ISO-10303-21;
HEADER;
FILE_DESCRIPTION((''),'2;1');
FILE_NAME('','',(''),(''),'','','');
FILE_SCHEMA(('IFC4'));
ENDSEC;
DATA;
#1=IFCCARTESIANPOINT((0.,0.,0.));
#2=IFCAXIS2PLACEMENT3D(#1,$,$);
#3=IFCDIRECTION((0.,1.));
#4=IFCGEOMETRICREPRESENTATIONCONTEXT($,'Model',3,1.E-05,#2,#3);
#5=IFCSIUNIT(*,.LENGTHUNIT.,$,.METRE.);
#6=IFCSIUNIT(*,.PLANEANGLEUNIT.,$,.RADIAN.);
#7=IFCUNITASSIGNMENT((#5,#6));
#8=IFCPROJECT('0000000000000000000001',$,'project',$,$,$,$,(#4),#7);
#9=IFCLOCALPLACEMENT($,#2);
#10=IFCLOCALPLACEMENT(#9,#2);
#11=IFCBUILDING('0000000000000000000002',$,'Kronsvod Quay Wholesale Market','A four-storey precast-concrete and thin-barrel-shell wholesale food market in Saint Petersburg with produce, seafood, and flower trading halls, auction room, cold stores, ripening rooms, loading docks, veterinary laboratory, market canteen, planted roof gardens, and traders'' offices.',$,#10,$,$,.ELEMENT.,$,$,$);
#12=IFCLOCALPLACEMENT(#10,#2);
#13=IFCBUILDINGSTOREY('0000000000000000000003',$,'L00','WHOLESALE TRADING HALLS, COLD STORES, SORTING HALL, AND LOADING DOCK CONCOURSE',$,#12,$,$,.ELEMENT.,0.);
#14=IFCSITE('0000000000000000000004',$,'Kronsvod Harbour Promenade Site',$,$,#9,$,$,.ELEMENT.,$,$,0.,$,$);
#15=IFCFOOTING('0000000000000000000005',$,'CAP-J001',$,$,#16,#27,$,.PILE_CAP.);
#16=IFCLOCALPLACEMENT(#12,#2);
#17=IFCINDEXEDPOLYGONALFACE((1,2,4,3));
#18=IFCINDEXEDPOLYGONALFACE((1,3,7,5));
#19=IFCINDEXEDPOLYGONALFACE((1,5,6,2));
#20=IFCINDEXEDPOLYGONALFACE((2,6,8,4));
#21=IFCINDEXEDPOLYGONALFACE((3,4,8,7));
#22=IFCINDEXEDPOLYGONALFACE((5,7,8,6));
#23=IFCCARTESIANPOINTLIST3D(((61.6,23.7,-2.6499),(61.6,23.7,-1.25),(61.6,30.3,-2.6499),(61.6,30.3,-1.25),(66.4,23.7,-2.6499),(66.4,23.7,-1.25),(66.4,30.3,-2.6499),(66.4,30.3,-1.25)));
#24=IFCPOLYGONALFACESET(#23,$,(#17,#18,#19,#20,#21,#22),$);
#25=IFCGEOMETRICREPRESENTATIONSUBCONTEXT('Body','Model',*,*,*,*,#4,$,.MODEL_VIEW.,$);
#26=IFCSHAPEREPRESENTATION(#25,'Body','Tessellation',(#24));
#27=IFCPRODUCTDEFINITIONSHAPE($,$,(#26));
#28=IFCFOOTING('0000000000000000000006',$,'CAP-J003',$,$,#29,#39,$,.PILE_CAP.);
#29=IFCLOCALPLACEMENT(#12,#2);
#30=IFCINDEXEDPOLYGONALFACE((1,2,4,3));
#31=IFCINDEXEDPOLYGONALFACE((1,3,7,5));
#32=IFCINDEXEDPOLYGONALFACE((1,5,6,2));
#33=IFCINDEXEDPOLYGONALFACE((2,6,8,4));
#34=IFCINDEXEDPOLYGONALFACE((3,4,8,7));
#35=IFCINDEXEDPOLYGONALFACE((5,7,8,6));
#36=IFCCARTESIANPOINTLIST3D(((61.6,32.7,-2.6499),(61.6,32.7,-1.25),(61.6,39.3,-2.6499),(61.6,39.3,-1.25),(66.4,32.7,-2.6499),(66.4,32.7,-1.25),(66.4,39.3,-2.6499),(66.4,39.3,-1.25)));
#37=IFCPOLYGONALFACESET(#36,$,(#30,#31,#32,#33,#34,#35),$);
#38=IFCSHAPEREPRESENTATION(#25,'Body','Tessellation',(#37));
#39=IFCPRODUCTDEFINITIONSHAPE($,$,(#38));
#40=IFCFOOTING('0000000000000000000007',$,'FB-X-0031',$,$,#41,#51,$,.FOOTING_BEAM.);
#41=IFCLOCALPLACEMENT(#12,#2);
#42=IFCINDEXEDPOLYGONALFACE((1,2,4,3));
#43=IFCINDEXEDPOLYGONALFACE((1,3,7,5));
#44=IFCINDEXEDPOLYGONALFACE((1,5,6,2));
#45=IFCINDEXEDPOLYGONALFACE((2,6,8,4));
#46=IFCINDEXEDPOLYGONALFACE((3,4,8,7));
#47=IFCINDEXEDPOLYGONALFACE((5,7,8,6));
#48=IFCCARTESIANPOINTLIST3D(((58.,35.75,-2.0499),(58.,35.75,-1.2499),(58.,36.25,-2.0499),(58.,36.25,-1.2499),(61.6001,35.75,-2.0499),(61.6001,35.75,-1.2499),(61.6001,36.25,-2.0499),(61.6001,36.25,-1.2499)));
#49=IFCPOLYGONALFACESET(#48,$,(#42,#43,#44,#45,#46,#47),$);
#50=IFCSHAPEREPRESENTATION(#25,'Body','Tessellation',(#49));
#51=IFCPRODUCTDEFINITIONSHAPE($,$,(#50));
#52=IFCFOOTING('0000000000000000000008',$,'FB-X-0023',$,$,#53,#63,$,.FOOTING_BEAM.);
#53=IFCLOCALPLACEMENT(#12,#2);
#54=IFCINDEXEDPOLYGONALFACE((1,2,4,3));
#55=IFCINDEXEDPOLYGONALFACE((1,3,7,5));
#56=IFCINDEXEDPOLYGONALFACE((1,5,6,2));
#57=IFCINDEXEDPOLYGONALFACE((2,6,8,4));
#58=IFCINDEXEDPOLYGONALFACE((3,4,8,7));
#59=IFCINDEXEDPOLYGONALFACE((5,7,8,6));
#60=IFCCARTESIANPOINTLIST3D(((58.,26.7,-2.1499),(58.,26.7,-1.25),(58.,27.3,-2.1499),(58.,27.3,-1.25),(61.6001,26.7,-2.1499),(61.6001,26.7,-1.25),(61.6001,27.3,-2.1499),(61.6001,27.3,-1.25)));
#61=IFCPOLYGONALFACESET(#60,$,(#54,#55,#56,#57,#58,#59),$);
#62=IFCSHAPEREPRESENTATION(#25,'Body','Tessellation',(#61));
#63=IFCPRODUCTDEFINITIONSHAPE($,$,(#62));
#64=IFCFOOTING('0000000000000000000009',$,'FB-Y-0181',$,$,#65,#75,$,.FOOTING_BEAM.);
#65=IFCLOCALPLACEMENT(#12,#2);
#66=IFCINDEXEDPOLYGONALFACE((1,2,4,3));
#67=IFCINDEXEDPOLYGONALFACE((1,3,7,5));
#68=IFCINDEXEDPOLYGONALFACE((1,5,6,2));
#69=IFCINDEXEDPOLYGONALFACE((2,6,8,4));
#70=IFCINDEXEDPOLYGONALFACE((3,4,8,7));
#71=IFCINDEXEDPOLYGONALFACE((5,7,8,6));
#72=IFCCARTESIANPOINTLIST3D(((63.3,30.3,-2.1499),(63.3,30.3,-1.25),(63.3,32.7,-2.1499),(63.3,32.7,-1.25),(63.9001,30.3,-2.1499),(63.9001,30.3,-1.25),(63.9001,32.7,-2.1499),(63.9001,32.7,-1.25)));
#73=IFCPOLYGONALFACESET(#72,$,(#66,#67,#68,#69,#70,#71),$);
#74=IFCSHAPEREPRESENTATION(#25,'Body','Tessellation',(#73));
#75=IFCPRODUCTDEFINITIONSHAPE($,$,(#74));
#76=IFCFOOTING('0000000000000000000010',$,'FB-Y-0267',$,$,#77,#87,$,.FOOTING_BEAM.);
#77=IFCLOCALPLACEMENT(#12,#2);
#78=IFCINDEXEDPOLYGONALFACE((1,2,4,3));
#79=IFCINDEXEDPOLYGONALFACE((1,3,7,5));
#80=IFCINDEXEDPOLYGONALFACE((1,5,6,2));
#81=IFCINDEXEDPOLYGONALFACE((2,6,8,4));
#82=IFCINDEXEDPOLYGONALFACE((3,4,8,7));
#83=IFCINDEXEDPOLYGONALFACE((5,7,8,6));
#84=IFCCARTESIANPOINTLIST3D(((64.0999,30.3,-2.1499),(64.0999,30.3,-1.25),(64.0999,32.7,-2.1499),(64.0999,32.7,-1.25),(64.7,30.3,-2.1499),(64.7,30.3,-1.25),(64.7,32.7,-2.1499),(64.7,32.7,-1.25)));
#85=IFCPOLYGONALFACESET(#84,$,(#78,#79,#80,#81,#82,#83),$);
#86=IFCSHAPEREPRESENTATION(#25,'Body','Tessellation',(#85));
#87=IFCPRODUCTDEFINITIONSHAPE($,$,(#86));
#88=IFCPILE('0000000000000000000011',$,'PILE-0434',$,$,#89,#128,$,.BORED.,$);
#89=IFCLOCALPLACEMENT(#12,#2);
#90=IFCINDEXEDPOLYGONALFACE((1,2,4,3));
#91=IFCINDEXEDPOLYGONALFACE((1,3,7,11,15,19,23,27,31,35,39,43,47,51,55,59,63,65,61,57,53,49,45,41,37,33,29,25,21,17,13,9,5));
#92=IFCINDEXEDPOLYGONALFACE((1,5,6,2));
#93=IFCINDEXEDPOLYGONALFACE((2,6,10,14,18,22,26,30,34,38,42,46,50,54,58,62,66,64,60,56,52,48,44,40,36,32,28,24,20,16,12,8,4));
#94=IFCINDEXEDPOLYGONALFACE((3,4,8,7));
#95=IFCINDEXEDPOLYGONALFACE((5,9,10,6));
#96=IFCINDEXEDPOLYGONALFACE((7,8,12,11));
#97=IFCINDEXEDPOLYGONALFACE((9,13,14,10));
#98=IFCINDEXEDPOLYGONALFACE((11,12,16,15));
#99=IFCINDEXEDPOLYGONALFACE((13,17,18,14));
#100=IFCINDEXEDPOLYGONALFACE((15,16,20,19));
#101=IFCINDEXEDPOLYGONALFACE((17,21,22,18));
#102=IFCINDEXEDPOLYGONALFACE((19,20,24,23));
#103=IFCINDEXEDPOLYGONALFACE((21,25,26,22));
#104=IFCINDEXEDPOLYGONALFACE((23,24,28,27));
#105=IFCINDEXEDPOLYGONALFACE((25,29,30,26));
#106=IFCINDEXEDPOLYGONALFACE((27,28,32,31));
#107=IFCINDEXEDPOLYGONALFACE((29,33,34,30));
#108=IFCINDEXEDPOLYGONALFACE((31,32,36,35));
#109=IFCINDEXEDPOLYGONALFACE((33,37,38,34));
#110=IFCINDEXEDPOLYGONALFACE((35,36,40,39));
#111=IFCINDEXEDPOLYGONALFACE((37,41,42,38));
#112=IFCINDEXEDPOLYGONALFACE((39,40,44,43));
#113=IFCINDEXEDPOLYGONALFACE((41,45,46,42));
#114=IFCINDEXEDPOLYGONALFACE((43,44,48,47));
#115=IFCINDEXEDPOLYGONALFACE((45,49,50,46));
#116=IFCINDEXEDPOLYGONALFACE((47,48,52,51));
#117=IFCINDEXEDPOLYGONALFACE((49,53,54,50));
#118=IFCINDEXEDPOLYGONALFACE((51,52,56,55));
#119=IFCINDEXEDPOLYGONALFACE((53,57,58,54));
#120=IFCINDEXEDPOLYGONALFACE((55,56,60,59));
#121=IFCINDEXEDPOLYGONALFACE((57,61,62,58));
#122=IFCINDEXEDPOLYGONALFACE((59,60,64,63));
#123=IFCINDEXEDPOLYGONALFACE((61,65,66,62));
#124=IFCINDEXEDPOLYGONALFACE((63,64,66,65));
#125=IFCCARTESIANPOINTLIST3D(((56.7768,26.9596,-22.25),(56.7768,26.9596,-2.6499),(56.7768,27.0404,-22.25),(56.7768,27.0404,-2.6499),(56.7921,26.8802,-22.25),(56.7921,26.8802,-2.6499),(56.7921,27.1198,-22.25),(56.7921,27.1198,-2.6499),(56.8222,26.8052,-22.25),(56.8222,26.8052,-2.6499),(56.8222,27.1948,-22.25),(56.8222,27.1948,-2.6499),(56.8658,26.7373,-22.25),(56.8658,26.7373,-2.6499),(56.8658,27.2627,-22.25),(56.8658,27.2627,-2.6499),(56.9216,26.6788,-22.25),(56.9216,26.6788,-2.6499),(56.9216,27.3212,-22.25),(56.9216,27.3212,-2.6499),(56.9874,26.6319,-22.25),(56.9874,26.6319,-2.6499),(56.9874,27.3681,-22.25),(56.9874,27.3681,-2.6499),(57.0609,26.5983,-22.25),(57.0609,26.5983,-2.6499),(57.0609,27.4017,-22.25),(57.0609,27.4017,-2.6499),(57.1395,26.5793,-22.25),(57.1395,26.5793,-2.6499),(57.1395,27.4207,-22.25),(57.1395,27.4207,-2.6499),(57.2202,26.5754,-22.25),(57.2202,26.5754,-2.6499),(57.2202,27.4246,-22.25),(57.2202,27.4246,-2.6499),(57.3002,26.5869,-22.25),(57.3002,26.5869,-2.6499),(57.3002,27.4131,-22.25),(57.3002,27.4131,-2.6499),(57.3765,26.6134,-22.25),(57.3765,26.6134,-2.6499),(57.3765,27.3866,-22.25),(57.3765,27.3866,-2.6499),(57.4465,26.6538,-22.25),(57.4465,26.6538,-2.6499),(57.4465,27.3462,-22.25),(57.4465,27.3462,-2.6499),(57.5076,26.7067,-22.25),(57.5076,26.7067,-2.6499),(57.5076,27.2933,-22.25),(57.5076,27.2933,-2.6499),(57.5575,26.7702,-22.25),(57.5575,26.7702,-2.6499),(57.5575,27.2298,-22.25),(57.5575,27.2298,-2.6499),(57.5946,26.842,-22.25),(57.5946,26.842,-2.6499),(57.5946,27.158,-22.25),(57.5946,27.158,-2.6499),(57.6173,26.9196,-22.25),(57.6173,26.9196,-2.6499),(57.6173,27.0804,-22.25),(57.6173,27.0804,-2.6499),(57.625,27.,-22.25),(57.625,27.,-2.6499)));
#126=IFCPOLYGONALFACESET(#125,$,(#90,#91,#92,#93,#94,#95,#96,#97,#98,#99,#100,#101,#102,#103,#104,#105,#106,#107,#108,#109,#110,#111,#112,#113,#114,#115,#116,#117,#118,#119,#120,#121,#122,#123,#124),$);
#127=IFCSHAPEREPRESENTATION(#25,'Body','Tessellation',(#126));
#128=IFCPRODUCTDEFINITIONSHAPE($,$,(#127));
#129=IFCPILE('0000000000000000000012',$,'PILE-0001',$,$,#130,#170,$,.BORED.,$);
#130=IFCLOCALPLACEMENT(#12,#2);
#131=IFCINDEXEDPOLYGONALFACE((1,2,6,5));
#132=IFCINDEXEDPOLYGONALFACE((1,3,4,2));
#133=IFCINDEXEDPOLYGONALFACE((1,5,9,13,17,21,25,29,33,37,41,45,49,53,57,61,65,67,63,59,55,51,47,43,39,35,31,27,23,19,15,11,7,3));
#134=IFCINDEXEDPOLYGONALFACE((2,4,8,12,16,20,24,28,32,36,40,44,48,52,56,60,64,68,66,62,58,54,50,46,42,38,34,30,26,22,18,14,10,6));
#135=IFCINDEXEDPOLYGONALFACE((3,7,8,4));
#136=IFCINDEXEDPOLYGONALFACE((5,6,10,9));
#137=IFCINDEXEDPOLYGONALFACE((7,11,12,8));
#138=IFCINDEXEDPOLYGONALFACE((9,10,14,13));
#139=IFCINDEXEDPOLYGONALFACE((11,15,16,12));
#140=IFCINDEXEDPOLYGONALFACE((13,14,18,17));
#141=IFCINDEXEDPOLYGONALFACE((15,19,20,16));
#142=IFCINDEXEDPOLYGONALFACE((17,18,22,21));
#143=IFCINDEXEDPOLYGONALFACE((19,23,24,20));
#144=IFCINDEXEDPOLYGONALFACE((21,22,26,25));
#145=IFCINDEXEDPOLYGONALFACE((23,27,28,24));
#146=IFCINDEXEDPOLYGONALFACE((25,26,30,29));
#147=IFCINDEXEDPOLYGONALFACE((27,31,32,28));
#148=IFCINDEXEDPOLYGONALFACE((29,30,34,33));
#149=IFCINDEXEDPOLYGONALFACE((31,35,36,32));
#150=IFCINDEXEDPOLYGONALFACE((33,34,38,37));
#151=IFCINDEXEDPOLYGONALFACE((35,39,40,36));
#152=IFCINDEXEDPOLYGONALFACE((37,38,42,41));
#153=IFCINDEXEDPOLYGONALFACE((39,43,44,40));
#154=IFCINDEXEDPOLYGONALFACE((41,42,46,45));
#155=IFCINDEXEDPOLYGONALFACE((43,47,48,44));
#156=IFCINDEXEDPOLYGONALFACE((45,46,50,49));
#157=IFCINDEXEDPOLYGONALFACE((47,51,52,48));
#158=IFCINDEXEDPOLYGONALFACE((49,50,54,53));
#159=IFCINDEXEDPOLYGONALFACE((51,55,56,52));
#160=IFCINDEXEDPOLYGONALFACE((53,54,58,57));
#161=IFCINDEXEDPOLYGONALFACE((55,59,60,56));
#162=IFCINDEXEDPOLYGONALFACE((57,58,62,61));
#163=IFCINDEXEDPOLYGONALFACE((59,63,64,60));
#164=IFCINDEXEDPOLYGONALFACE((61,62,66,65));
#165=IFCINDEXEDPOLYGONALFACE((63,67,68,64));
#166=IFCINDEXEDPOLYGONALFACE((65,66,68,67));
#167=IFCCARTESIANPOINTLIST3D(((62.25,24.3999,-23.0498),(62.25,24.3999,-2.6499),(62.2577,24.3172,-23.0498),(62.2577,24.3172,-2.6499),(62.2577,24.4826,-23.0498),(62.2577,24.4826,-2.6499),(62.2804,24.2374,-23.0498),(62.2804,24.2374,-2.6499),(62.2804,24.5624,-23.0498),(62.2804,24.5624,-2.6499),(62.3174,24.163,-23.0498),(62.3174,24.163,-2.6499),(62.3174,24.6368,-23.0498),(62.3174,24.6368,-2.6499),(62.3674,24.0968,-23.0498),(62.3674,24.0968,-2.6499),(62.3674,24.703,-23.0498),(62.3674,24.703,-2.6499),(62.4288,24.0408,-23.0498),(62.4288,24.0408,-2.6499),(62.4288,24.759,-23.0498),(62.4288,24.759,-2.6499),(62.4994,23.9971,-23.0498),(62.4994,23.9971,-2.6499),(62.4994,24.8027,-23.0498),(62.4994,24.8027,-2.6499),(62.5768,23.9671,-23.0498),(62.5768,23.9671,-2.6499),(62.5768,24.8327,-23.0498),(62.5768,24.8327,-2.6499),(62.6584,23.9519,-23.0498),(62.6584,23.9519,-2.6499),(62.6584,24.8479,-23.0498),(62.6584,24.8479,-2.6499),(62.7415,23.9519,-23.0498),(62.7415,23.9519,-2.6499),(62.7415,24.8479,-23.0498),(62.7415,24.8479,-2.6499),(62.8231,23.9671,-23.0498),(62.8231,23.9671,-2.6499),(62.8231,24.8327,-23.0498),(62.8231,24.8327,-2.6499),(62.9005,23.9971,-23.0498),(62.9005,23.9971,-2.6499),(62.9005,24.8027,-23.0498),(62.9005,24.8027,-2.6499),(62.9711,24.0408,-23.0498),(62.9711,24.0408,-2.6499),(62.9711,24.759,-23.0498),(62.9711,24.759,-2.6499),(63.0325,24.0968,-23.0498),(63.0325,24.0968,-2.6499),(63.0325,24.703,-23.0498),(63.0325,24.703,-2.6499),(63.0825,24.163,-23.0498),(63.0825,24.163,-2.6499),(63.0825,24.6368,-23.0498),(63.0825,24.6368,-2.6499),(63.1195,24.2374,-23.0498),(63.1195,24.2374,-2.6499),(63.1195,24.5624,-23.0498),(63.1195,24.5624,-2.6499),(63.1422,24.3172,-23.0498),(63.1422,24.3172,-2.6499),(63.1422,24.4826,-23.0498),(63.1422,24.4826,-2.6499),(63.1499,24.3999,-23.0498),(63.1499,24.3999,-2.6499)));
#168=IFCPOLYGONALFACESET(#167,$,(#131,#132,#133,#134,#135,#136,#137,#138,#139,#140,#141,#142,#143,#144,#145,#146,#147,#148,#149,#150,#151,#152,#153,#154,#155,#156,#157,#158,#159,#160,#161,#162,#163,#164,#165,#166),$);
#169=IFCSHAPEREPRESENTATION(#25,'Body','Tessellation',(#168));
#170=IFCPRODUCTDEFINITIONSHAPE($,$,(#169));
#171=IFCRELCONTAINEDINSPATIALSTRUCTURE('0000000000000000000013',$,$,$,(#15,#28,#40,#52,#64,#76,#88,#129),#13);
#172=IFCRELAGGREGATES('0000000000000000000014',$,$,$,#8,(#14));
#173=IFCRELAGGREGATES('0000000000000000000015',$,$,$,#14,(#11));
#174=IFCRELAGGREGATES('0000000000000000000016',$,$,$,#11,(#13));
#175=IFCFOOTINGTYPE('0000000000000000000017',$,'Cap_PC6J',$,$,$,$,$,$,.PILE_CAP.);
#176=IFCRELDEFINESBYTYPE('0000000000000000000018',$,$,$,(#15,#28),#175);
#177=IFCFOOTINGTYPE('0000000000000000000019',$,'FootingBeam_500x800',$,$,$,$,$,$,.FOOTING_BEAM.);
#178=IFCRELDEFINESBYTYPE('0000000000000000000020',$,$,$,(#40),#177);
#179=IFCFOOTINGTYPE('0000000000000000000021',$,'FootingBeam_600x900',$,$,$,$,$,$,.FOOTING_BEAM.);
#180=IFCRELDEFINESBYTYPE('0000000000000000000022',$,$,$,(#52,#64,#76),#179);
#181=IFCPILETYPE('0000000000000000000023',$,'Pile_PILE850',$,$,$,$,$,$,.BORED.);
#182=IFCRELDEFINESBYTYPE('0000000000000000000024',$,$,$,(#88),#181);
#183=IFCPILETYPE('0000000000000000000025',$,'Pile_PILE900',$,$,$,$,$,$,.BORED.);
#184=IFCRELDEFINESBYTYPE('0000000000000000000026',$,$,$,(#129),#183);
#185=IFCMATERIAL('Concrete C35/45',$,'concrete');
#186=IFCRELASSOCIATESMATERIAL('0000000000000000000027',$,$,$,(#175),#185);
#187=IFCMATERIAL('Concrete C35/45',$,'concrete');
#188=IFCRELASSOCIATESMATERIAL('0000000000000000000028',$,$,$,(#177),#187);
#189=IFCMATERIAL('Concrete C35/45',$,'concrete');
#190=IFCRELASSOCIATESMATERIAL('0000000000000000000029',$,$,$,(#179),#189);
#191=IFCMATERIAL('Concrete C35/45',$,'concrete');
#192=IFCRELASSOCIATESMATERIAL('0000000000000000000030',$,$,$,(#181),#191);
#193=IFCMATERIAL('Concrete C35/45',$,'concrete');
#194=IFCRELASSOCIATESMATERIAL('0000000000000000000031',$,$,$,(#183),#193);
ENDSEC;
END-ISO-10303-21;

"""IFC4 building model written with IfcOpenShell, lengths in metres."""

from ifc_helpers import new_model, si_unit, direction, frame, origin, origin_2d, place, context, subcontext, project, spatial, rectangle, circle, extrude, material, material_profile, profile_set, type_object, element, save


model = new_model("IFC4")

# Units and contexts
model_context = context("Model", 3, precision=1e-05, world=origin(), true_north=direction((0.0, 1.0)))
body_context = subcontext(model_context, "Body", "Model", "MODEL_VIEW")
ifc_project = project(units=[si_unit("LENGTHUNIT", "METRE"), si_unit("PLANEANGLEUNIT", "RADIAN")], contexts=[model_context])

# Site, building, storey
site_placement = place(None, origin())
site = spatial("IfcSite", under=ifc_project, at=site_placement, Name="Kronsvod Harbour Promenade Site", CompositionType="ELEMENT", RefElevation=0.0)
building_placement = place(site_placement, origin())
building = spatial("IfcBuilding", under=site, at=building_placement, Name="Kronsvod Quay Wholesale Market", Description="A four-storey precast-concrete and thin-barrel-shell wholesale food market in Saint Petersburg with produce, seafood, and flower trading halls, auction room, cold stores, ripening rooms, loading docks, veterinary laboratory, market canteen, planted roof gardens, and traders' offices.", CompositionType="ELEMENT")
storey_placement = place(building_placement, origin())
storey = spatial("IfcBuildingStorey", under=building, at=storey_placement, Name="L00", Description="WHOLESALE TRADING HALLS, COLD STORES, SORTING HALL, AND LOADING DOCK CONCOURSE", CompositionType="ELEMENT", Elevation=0.0)

# Footings
ifc_material_1 = material(Name="Concrete C35/45", Category="concrete")
footing_type_1 = type_object("IfcFootingType", Name="Cap_PC6J", PredefinedType="PILE_CAP", material=ifc_material_1)
for number, where, z_axis, x_axis, name in (
    (1, (64.0, 27.0, -2.6499), (0.0, 0.0, 1.0), (1.0, 0.0, 0.0), "CAP-J001"),
    (2, (64.0, 36.0, -2.6499), (0.0, 0.0, 1.0), (1.0, 0.0, 0.0), "CAP-J003"),
):
    element("IfcFooting", number, at=place(storey_placement, frame(where, z_axis=z_axis, x_axis=x_axis)), inside=storey, type_object=footing_type_1, Name=name, PredefinedType="PILE_CAP", context=body_context, shape_type="SweptSolid", body=[
        extrude(rectangle(XDim=4.8, YDim=6.6001, at=origin_2d()), origin(), (0.0, 0.0, 1.0), 1.3999),
    ])
ifc_material_2 = material(Name="Concrete C35/45", Category="concrete")
ifc_material_profile_1 = material_profile(ifc_material_2, rectangle(XDim=0.5, YDim=0.8, at=origin_2d()), Name="FB-01")
ifc_profile_set_1 = profile_set([ifc_material_profile_1], Name="Concrete C35/45")
footing_type_2 = type_object("IfcFootingType", Name="FootingBeam_500x800", PredefinedType="FOOTING_BEAM", material=ifc_profile_set_1)
footing_1_placement = place(storey_placement, frame((58.0, 36.0, -1.6499), z_axis=(1.0, 0.0, 0.0), x_axis=(0.0, 1.0, 0.0)))
element("IfcFooting", 3, at=footing_1_placement, inside=storey, type_object=footing_type_2, Name="FB-X-0031", PredefinedType="FOOTING_BEAM", context=body_context, shape_type="SweptSolid", body=[
    extrude(rectangle(XDim=0.5, YDim=0.8, at=origin_2d()), origin(), (0.0, 0.0, 1.0), 3.6001),
])
ifc_material_3 = material(Name="Concrete C35/45", Category="concrete")
ifc_material_profile_2 = material_profile(ifc_material_3, rectangle(XDim=0.6001, YDim=0.8999, at=origin_2d()), Name="FB-02")
ifc_profile_set_2 = profile_set([ifc_material_profile_2], Name="Concrete C35/45")
footing_type_3 = type_object("IfcFootingType", Name="FootingBeam_600x900", PredefinedType="FOOTING_BEAM", material=ifc_profile_set_2)
footing_2_placement = place(storey_placement, frame((58.0, 27.0, -1.7), z_axis=(1.0, 0.0, 0.0), x_axis=(0.0, 1.0, 0.0)))
element("IfcFooting", 4, at=footing_2_placement, inside=storey, type_object=footing_type_3, Name="FB-X-0023", PredefinedType="FOOTING_BEAM", context=body_context, shape_type="SweptSolid", body=[
    extrude(rectangle(XDim=0.6001, YDim=0.8999, at=origin_2d()), origin(), (0.0, 0.0, 1.0), 3.6001),
])
for number, where, z_axis, x_axis, name in (
    (5, (63.6001, 30.3, -1.7), (0.0, 1.0, 0.0), (-1.0, 0.0, 0.0), "FB-Y-0181"),
    (6, (64.3999, 30.3, -1.7), (0.0, 1.0, 0.0), (-1.0, 0.0, 0.0), "FB-Y-0267"),
):
    element("IfcFooting", number, at=place(storey_placement, frame(where, z_axis=z_axis, x_axis=x_axis)), inside=storey, type_object=footing_type_3, Name=name, PredefinedType="FOOTING_BEAM", context=body_context, shape_type="SweptSolid", body=[
        extrude(rectangle(XDim=0.6001, YDim=0.8999, at=origin_2d()), origin(), (0.0, 0.0, 1.0), 2.3999),
    ])

# Piles
ifc_material_4 = material(Name="Concrete C35/45", Category="concrete")
ifc_material_profile_3 = material_profile(ifc_material_4, circle(Radius=0.425, at=origin_2d()), Name="PILE850")
ifc_profile_set_3 = profile_set([ifc_material_profile_3], Name="Concrete C35/45")
pile_type_1 = type_object("IfcPileType", Name="Pile_PILE850", PredefinedType="BORED", material=ifc_profile_set_3)
pile_placement = place(storey_placement, frame((57.2, 27.0, -2.6499), z_axis=(0.0, 0.0, -1.0), x_axis=(1.0, 0.0, 0.0)))
element("IfcPile", 7, at=pile_placement, inside=storey, type_object=pile_type_1, Name="PILE-0434", PredefinedType="BORED", context=body_context, shape_type="SweptSolid", body=[
    extrude(circle(Radius=0.425, at=origin_2d()), origin(), (0.0, 0.0, 1.0), 19.6001),
])
ifc_material_5 = material(Name="Concrete C35/45", Category="concrete")
ifc_material_profile_4 = material_profile(ifc_material_5, circle(Radius=0.45, at=origin_2d()), Name="PILE900")
ifc_profile_set_4 = profile_set([ifc_material_profile_4], Name="Concrete C35/45")
pile_type_2 = type_object("IfcPileType", Name="Pile_PILE900", PredefinedType="BORED", material=ifc_profile_set_4)
for number, where, z_axis, x_axis, name in (
    (8, (62.7, 24.3999, -2.6499), (0.0, 0.0, -1.0), (1.0, 0.0, 0.0), "PILE-0001"),
):
    element("IfcPile", number, at=place(storey_placement, frame(where, z_axis=z_axis, x_axis=x_axis)), inside=storey, type_object=pile_type_2, Name=name, PredefinedType="BORED", context=body_context, shape_type="SweptSolid", body=[
        extrude(circle(Radius=0.45, at=origin_2d()), origin(), (0.0, 0.0, 1.0), 20.3999),
    ])

save(model, "model.ifc")
